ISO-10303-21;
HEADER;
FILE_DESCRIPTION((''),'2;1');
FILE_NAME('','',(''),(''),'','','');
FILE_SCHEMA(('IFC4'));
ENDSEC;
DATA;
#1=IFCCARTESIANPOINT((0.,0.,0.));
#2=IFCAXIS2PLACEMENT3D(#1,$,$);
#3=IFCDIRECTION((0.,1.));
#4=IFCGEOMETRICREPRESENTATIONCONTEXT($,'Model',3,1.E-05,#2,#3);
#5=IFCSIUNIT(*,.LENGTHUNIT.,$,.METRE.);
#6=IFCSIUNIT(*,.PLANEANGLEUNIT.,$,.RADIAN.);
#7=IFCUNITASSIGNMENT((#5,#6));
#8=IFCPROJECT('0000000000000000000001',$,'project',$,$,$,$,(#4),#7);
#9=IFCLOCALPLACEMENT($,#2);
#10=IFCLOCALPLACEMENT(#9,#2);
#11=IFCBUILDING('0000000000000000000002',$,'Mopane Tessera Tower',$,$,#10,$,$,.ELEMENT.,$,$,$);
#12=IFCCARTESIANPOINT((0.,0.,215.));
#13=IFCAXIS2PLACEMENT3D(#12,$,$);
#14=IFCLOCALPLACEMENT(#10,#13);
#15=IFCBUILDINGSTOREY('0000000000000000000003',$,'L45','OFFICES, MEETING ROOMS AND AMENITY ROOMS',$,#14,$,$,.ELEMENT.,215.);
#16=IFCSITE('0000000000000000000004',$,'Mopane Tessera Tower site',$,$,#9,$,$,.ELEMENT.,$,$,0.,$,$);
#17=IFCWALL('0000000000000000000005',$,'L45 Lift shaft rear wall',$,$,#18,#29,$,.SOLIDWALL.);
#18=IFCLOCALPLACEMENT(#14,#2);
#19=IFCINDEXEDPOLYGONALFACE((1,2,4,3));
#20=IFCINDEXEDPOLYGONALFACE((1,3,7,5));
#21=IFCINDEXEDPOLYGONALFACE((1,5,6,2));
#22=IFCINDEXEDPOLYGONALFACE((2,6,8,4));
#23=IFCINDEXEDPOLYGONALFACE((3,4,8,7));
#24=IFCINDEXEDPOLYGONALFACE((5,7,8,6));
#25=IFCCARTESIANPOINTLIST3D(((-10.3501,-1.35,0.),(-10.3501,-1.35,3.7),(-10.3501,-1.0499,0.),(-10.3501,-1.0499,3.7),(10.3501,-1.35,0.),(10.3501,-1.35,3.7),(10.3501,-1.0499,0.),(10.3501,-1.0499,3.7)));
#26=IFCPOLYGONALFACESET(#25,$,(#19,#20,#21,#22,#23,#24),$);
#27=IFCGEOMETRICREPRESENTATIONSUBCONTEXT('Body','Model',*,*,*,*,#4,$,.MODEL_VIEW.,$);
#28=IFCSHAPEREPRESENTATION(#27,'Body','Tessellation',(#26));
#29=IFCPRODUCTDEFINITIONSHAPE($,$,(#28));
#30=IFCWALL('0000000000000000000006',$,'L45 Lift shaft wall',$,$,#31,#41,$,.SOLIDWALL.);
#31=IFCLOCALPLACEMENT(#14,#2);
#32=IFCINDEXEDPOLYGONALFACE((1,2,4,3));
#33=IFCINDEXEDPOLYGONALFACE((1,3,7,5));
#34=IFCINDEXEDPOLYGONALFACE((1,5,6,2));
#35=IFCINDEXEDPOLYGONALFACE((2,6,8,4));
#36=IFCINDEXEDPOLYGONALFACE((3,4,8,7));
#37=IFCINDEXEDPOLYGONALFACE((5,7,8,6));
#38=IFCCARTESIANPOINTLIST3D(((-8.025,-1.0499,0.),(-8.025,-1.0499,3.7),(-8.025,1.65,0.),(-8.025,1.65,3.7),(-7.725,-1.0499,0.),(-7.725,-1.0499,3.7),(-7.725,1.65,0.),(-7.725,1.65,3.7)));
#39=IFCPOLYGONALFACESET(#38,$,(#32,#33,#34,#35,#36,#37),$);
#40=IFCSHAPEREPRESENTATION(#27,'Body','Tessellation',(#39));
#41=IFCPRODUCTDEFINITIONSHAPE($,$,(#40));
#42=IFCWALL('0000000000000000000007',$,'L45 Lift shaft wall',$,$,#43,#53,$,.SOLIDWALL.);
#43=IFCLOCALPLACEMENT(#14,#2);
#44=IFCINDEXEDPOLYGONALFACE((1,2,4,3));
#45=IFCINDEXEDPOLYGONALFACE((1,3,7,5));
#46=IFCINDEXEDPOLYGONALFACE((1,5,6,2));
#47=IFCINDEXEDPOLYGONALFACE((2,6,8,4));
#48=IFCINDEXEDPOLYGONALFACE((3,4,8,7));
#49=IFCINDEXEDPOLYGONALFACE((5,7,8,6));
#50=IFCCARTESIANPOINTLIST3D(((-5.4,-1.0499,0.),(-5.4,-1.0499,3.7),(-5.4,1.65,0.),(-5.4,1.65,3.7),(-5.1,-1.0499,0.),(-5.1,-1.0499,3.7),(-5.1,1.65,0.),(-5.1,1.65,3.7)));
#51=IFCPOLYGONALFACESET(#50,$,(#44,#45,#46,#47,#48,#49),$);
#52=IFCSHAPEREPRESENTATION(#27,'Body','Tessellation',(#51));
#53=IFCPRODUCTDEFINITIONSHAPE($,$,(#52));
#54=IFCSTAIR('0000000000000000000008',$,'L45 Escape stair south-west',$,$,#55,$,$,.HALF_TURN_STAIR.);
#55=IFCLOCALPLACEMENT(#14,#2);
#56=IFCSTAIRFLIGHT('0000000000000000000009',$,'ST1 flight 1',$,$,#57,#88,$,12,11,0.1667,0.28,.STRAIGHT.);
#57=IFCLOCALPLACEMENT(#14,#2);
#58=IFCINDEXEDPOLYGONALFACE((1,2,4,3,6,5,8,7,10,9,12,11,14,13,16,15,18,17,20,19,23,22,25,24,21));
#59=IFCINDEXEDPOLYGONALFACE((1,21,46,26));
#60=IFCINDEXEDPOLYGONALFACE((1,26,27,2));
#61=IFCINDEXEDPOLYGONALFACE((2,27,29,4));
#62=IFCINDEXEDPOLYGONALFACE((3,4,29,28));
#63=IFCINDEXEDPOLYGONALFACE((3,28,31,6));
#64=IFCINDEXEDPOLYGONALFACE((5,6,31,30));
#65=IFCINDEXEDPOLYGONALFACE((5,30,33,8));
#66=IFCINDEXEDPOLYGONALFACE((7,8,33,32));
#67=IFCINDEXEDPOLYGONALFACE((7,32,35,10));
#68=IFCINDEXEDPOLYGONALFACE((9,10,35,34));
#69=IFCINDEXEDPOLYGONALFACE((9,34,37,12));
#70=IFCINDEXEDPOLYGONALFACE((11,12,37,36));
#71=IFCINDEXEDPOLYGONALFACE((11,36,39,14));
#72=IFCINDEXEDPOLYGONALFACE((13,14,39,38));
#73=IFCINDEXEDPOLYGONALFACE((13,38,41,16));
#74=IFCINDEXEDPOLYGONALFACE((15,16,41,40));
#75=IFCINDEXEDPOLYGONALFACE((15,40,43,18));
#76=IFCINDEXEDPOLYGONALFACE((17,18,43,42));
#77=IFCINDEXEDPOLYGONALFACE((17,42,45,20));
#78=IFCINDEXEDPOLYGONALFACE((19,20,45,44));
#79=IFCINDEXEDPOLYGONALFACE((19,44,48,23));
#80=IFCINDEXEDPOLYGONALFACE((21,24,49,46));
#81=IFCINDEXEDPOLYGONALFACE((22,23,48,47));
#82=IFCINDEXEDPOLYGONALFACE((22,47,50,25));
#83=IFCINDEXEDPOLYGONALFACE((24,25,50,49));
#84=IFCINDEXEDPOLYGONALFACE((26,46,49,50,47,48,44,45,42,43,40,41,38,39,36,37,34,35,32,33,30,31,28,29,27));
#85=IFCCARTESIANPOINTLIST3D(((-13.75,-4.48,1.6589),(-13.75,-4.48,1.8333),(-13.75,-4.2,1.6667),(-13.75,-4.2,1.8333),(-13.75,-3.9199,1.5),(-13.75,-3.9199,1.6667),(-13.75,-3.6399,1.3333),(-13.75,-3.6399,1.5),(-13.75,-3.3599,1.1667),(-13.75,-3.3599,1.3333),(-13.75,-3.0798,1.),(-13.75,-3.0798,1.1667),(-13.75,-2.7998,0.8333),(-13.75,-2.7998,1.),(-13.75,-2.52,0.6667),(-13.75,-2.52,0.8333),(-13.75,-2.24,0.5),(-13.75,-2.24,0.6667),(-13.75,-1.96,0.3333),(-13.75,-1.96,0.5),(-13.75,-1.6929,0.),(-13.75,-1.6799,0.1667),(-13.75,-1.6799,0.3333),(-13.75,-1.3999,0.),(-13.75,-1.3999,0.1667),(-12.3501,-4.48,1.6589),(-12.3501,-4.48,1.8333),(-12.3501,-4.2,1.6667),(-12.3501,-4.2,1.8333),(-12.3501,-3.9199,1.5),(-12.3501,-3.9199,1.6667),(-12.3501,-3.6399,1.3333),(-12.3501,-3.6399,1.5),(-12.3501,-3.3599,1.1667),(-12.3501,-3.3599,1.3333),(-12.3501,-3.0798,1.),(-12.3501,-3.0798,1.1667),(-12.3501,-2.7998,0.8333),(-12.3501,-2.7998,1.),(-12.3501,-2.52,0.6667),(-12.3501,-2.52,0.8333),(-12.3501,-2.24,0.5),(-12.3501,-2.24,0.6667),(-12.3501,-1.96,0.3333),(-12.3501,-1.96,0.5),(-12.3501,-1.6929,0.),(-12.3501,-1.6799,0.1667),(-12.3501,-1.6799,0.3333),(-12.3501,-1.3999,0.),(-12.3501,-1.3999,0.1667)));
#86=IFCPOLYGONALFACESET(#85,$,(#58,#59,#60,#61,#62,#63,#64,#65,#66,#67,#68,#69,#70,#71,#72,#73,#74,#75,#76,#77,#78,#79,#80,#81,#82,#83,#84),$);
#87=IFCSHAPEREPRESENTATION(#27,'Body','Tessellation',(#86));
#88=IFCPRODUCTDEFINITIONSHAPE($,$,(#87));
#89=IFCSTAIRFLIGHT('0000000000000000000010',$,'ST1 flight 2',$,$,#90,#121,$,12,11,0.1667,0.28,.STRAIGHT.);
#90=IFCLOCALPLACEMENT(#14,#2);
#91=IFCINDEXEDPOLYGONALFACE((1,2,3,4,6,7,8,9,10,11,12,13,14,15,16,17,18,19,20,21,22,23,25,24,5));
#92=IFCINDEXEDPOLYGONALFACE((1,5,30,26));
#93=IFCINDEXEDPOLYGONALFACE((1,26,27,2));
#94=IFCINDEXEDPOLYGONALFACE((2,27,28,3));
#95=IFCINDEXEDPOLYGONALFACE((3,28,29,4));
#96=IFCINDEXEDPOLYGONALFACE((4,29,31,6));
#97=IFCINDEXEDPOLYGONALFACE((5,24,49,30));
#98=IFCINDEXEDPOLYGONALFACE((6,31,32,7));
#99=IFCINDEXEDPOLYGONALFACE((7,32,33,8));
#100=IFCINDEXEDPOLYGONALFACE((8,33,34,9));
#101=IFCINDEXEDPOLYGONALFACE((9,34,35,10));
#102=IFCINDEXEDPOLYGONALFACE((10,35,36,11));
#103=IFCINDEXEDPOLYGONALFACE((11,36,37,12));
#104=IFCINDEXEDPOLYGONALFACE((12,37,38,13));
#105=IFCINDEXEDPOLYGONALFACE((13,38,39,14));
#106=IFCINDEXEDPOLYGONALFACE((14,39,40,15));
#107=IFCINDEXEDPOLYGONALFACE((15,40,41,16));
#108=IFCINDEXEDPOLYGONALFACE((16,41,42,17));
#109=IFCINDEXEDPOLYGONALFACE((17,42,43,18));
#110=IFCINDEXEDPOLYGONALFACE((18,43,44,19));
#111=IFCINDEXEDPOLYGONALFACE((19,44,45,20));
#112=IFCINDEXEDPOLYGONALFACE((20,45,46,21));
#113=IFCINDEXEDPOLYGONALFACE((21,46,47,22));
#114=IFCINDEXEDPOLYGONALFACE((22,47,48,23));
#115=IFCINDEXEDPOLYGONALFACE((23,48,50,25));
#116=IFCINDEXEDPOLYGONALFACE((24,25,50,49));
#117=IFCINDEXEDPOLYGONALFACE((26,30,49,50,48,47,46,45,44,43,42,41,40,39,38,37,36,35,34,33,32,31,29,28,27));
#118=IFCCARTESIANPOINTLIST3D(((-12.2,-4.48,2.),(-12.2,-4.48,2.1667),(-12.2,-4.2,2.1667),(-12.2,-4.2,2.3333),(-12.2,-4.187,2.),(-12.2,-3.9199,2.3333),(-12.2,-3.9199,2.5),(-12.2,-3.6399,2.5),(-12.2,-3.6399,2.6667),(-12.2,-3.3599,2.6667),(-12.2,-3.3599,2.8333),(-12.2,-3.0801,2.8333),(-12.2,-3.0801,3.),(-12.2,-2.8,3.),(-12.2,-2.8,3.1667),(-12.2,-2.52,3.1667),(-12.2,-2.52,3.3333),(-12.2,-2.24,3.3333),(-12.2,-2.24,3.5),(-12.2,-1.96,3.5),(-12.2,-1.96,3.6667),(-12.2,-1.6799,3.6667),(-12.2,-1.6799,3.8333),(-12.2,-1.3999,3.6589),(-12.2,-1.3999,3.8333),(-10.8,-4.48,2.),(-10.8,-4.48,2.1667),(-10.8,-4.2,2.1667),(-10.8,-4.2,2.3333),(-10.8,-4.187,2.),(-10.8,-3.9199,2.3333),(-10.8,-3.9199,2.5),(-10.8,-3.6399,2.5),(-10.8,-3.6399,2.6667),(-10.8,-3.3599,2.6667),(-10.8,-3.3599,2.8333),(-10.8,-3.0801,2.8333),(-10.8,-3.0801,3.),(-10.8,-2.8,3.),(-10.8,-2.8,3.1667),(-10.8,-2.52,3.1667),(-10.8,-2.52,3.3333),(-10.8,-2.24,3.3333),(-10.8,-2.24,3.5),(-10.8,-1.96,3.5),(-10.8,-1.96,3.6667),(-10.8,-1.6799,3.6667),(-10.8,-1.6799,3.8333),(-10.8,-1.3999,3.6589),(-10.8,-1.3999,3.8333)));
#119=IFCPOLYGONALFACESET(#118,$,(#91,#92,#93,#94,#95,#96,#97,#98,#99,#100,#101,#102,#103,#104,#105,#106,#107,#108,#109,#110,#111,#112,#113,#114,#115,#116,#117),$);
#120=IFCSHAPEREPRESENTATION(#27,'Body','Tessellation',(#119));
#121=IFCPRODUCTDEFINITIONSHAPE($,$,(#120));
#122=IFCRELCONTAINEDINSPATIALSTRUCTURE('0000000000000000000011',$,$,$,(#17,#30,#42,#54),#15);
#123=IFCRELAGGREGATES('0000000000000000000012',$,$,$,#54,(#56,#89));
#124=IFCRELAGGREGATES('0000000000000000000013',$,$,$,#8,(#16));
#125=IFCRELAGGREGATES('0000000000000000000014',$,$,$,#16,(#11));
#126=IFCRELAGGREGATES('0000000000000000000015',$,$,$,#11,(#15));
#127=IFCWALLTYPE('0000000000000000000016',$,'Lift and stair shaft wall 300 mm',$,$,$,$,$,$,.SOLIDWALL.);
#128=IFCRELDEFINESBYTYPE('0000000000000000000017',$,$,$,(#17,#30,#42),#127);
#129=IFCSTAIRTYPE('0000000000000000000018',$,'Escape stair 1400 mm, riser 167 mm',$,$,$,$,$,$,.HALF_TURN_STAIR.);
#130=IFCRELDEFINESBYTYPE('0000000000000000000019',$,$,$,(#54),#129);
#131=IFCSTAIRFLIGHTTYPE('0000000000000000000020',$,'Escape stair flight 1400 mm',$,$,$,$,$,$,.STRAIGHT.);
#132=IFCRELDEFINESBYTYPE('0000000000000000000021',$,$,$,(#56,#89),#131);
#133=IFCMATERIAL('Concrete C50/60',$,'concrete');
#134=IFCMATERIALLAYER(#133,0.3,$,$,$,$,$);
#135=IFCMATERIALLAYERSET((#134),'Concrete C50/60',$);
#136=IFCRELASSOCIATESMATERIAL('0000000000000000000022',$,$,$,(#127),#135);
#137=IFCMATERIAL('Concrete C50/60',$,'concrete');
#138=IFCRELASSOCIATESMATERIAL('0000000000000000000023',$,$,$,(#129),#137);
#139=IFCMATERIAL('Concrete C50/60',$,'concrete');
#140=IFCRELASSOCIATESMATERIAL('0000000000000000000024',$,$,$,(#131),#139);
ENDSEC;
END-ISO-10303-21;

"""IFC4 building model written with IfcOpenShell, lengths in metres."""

from ifc_helpers import new_model, si_unit, direction, frame, frame_2d, origin, place, context, subcontext, project, spatial, polyline, rectangle, outline, extrude, material, layer, layer_set, type_object, element, aggregate, save


model = new_model("IFC4")

# Units and contexts
model_context = context("Model", 3, precision=1e-05, world=origin(), true_north=direction((0.0, 1.0)))
body_context = subcontext(model_context, "Body", "Model", "MODEL_VIEW")
ifc_project = project(units=[si_unit("LENGTHUNIT", "METRE"), si_unit("PLANEANGLEUNIT", "RADIAN")], contexts=[model_context])

# Site, building, storey
site_placement = place(None, origin())
site = spatial("IfcSite", under=ifc_project, at=site_placement, Name="Mopane Tessera Tower site", CompositionType="ELEMENT", RefElevation=0.0)
building_placement = place(site_placement, origin())
building = spatial("IfcBuilding", under=site, at=building_placement, Name="Mopane Tessera Tower", CompositionType="ELEMENT")
storey_placement = place(building_placement, frame((0.0, 0.0, 215.0)))
storey = spatial("IfcBuildingStorey", under=building, at=storey_placement, Name="L45", Description="OFFICES, MEETING ROOMS AND AMENITY ROOMS", CompositionType="ELEMENT", Elevation=215.0)

# Walls
ifc_material_1 = material(Name="Concrete C50/60", Category="concrete")
ifc_layer_1 = layer(ifc_material_1, 0.3)
ifc_layer_set_1 = layer_set([ifc_layer_1], Name="Concrete C50/60")
wall_type_1 = type_object("IfcWallType", Name="Lift and stair shaft wall 300 mm", PredefinedType="SOLIDWALL", material=ifc_layer_set_1)
wall_1_placement = place(storey_placement, frame((-10.3501, -1.2, 0.0), z_axis=(0.0, 0.0, 1.0), x_axis=(1.0, 0.0, 0.0)))
element("IfcWall", 1, at=wall_1_placement, inside=storey, type_object=wall_type_1, Name="L45 Lift shaft rear wall", PredefinedType="SOLIDWALL", context=body_context, shape_type="SweptSolid", body=[
    extrude(rectangle(XDim=20.7002, YDim=0.3, at=frame_2d((10.3501, 0.0))), origin(), (0.0, 0.0, 1.0), 3.7),
])
for number, where, z_axis, x_axis, name in (
    (2, (-7.875, -1.05, 0.0), (0.0, 0.0, 1.0), (0.0, 1.0, 0.0), "L45 Lift shaft wall"),
    (3, (-5.25, -1.05, 0.0), (0.0, 0.0, 1.0), (0.0, 1.0, 0.0), "L45 Lift shaft wall"),
):
    element("IfcWall", number, at=place(storey_placement, frame(where, z_axis=z_axis, x_axis=x_axis)), inside=storey, type_object=wall_type_1, Name=name, PredefinedType="SOLIDWALL", context=body_context, shape_type="SweptSolid", body=[
        extrude(rectangle(XDim=2.7, YDim=0.3, at=frame_2d((1.3501, 0.0))), origin(), (0.0, 0.0, 1.0), 3.7),
    ])

# Stair, stair flights
ifc_material_2 = material(Name="Concrete C50/60", Category="concrete")
stair_type = type_object("IfcStairType", Name="Escape stair 1400 mm, riser 167 mm", PredefinedType="HALF_TURN_STAIR", material=ifc_material_2)
stair_placement = place(storey_placement, origin())
stair = element("IfcStair", 4, at=stair_placement, inside=storey, type_object=stair_type, Name="L45 Escape stair south-west", PredefinedType="HALF_TURN_STAIR")
ifc_material_3 = material(Name="Concrete C50/60", Category="concrete")
stair_flight_type = type_object("IfcStairFlightType", Name="Escape stair flight 1400 mm", PredefinedType="STRAIGHT", material=ifc_material_3)
stair_flight_1_placement = place(storey_placement, frame((-13.05, -1.3999, 0.0), z_axis=(0.0, 0.0, 1.0), x_axis=(0.0, -1.0, 0.0)))
stair_flight_1 = element("IfcStairFlight", 5, at=stair_flight_1_placement, type_object=stair_flight_type, Name="ST1 flight 1", NumberOfRisers=12, NumberOfTreads=11, PredefinedType="STRAIGHT", RiserHeight=0.1667, TreadLength=0.28, context=body_context, shape_type="SweptSolid", body=[
    extrude(outline(polyline([(0.0, 0.0), (0.0, 0.1667), (0.28, 0.1667), (0.28, 0.3333), (0.5601, 0.3333), (0.5601, 0.5), (0.8401, 0.5), (0.8401, 0.6667), (1.1201, 0.6667), (1.1201, 0.8333), (1.3999, 0.8333), (1.3999, 1.0), (1.6799, 1.0), (1.6799, 1.1667), (1.96, 1.1667), (1.96, 1.3333), (2.24, 1.3333), (2.24, 1.5), (2.52, 1.5), (2.52, 1.6667), (2.8, 1.6667), (2.8, 1.8333), (3.0801, 1.8333), (3.0801, 2.0), (3.0801, 1.6589), (0.293, 0.0), (0.0, 0.0)])), frame((0.0, 0.7, 0.0), z_axis=(0.0, -1.0, 0.0), x_axis=(1.0, 0.0, 0.0)), (0.0, 0.0, 1.0), 1.3999),
])
stair_flight_2_placement = place(storey_placement, frame((-11.5, -4.48, 2.0), z_axis=(0.0, 0.0, 1.0), x_axis=(0.0, 1.0, 0.0)))
stair_flight_2 = element("IfcStairFlight", 6, at=stair_flight_2_placement, type_object=stair_flight_type, Name="ST1 flight 2", NumberOfRisers=12, NumberOfTreads=11, PredefinedType="STRAIGHT", RiserHeight=0.1667, TreadLength=0.28, context=body_context, shape_type="SweptSolid", body=[
    extrude(outline(polyline([(0.0, 0.0), (0.0, 0.1667), (0.28, 0.1667), (0.28, 0.3333), (0.5601, 0.3333), (0.5601, 0.5), (0.8401, 0.5), (0.8401, 0.6667), (1.1201, 0.6667), (1.1201, 0.8333), (1.3999, 0.8333), (1.3999, 1.0), (1.6799, 1.0), (1.6799, 1.1667), (1.96, 1.1667), (1.96, 1.3333), (2.24, 1.3333), (2.24, 1.5), (2.52, 1.5), (2.52, 1.6667), (2.8, 1.6667), (2.8, 1.8333), (3.0801, 1.8333), (3.0801, 2.0), (3.0801, 1.6589), (0.293, 0.0), (0.0, 0.0)])), frame((0.0, 0.7, 0.0), z_axis=(0.0, -1.0, 0.0), x_axis=(1.0, 0.0, 0.0)), (0.0, 0.0, 1.0), 1.3999),
])
aggregate(stair, [stair_flight_1, stair_flight_2])

save(model, "model.ifc")
